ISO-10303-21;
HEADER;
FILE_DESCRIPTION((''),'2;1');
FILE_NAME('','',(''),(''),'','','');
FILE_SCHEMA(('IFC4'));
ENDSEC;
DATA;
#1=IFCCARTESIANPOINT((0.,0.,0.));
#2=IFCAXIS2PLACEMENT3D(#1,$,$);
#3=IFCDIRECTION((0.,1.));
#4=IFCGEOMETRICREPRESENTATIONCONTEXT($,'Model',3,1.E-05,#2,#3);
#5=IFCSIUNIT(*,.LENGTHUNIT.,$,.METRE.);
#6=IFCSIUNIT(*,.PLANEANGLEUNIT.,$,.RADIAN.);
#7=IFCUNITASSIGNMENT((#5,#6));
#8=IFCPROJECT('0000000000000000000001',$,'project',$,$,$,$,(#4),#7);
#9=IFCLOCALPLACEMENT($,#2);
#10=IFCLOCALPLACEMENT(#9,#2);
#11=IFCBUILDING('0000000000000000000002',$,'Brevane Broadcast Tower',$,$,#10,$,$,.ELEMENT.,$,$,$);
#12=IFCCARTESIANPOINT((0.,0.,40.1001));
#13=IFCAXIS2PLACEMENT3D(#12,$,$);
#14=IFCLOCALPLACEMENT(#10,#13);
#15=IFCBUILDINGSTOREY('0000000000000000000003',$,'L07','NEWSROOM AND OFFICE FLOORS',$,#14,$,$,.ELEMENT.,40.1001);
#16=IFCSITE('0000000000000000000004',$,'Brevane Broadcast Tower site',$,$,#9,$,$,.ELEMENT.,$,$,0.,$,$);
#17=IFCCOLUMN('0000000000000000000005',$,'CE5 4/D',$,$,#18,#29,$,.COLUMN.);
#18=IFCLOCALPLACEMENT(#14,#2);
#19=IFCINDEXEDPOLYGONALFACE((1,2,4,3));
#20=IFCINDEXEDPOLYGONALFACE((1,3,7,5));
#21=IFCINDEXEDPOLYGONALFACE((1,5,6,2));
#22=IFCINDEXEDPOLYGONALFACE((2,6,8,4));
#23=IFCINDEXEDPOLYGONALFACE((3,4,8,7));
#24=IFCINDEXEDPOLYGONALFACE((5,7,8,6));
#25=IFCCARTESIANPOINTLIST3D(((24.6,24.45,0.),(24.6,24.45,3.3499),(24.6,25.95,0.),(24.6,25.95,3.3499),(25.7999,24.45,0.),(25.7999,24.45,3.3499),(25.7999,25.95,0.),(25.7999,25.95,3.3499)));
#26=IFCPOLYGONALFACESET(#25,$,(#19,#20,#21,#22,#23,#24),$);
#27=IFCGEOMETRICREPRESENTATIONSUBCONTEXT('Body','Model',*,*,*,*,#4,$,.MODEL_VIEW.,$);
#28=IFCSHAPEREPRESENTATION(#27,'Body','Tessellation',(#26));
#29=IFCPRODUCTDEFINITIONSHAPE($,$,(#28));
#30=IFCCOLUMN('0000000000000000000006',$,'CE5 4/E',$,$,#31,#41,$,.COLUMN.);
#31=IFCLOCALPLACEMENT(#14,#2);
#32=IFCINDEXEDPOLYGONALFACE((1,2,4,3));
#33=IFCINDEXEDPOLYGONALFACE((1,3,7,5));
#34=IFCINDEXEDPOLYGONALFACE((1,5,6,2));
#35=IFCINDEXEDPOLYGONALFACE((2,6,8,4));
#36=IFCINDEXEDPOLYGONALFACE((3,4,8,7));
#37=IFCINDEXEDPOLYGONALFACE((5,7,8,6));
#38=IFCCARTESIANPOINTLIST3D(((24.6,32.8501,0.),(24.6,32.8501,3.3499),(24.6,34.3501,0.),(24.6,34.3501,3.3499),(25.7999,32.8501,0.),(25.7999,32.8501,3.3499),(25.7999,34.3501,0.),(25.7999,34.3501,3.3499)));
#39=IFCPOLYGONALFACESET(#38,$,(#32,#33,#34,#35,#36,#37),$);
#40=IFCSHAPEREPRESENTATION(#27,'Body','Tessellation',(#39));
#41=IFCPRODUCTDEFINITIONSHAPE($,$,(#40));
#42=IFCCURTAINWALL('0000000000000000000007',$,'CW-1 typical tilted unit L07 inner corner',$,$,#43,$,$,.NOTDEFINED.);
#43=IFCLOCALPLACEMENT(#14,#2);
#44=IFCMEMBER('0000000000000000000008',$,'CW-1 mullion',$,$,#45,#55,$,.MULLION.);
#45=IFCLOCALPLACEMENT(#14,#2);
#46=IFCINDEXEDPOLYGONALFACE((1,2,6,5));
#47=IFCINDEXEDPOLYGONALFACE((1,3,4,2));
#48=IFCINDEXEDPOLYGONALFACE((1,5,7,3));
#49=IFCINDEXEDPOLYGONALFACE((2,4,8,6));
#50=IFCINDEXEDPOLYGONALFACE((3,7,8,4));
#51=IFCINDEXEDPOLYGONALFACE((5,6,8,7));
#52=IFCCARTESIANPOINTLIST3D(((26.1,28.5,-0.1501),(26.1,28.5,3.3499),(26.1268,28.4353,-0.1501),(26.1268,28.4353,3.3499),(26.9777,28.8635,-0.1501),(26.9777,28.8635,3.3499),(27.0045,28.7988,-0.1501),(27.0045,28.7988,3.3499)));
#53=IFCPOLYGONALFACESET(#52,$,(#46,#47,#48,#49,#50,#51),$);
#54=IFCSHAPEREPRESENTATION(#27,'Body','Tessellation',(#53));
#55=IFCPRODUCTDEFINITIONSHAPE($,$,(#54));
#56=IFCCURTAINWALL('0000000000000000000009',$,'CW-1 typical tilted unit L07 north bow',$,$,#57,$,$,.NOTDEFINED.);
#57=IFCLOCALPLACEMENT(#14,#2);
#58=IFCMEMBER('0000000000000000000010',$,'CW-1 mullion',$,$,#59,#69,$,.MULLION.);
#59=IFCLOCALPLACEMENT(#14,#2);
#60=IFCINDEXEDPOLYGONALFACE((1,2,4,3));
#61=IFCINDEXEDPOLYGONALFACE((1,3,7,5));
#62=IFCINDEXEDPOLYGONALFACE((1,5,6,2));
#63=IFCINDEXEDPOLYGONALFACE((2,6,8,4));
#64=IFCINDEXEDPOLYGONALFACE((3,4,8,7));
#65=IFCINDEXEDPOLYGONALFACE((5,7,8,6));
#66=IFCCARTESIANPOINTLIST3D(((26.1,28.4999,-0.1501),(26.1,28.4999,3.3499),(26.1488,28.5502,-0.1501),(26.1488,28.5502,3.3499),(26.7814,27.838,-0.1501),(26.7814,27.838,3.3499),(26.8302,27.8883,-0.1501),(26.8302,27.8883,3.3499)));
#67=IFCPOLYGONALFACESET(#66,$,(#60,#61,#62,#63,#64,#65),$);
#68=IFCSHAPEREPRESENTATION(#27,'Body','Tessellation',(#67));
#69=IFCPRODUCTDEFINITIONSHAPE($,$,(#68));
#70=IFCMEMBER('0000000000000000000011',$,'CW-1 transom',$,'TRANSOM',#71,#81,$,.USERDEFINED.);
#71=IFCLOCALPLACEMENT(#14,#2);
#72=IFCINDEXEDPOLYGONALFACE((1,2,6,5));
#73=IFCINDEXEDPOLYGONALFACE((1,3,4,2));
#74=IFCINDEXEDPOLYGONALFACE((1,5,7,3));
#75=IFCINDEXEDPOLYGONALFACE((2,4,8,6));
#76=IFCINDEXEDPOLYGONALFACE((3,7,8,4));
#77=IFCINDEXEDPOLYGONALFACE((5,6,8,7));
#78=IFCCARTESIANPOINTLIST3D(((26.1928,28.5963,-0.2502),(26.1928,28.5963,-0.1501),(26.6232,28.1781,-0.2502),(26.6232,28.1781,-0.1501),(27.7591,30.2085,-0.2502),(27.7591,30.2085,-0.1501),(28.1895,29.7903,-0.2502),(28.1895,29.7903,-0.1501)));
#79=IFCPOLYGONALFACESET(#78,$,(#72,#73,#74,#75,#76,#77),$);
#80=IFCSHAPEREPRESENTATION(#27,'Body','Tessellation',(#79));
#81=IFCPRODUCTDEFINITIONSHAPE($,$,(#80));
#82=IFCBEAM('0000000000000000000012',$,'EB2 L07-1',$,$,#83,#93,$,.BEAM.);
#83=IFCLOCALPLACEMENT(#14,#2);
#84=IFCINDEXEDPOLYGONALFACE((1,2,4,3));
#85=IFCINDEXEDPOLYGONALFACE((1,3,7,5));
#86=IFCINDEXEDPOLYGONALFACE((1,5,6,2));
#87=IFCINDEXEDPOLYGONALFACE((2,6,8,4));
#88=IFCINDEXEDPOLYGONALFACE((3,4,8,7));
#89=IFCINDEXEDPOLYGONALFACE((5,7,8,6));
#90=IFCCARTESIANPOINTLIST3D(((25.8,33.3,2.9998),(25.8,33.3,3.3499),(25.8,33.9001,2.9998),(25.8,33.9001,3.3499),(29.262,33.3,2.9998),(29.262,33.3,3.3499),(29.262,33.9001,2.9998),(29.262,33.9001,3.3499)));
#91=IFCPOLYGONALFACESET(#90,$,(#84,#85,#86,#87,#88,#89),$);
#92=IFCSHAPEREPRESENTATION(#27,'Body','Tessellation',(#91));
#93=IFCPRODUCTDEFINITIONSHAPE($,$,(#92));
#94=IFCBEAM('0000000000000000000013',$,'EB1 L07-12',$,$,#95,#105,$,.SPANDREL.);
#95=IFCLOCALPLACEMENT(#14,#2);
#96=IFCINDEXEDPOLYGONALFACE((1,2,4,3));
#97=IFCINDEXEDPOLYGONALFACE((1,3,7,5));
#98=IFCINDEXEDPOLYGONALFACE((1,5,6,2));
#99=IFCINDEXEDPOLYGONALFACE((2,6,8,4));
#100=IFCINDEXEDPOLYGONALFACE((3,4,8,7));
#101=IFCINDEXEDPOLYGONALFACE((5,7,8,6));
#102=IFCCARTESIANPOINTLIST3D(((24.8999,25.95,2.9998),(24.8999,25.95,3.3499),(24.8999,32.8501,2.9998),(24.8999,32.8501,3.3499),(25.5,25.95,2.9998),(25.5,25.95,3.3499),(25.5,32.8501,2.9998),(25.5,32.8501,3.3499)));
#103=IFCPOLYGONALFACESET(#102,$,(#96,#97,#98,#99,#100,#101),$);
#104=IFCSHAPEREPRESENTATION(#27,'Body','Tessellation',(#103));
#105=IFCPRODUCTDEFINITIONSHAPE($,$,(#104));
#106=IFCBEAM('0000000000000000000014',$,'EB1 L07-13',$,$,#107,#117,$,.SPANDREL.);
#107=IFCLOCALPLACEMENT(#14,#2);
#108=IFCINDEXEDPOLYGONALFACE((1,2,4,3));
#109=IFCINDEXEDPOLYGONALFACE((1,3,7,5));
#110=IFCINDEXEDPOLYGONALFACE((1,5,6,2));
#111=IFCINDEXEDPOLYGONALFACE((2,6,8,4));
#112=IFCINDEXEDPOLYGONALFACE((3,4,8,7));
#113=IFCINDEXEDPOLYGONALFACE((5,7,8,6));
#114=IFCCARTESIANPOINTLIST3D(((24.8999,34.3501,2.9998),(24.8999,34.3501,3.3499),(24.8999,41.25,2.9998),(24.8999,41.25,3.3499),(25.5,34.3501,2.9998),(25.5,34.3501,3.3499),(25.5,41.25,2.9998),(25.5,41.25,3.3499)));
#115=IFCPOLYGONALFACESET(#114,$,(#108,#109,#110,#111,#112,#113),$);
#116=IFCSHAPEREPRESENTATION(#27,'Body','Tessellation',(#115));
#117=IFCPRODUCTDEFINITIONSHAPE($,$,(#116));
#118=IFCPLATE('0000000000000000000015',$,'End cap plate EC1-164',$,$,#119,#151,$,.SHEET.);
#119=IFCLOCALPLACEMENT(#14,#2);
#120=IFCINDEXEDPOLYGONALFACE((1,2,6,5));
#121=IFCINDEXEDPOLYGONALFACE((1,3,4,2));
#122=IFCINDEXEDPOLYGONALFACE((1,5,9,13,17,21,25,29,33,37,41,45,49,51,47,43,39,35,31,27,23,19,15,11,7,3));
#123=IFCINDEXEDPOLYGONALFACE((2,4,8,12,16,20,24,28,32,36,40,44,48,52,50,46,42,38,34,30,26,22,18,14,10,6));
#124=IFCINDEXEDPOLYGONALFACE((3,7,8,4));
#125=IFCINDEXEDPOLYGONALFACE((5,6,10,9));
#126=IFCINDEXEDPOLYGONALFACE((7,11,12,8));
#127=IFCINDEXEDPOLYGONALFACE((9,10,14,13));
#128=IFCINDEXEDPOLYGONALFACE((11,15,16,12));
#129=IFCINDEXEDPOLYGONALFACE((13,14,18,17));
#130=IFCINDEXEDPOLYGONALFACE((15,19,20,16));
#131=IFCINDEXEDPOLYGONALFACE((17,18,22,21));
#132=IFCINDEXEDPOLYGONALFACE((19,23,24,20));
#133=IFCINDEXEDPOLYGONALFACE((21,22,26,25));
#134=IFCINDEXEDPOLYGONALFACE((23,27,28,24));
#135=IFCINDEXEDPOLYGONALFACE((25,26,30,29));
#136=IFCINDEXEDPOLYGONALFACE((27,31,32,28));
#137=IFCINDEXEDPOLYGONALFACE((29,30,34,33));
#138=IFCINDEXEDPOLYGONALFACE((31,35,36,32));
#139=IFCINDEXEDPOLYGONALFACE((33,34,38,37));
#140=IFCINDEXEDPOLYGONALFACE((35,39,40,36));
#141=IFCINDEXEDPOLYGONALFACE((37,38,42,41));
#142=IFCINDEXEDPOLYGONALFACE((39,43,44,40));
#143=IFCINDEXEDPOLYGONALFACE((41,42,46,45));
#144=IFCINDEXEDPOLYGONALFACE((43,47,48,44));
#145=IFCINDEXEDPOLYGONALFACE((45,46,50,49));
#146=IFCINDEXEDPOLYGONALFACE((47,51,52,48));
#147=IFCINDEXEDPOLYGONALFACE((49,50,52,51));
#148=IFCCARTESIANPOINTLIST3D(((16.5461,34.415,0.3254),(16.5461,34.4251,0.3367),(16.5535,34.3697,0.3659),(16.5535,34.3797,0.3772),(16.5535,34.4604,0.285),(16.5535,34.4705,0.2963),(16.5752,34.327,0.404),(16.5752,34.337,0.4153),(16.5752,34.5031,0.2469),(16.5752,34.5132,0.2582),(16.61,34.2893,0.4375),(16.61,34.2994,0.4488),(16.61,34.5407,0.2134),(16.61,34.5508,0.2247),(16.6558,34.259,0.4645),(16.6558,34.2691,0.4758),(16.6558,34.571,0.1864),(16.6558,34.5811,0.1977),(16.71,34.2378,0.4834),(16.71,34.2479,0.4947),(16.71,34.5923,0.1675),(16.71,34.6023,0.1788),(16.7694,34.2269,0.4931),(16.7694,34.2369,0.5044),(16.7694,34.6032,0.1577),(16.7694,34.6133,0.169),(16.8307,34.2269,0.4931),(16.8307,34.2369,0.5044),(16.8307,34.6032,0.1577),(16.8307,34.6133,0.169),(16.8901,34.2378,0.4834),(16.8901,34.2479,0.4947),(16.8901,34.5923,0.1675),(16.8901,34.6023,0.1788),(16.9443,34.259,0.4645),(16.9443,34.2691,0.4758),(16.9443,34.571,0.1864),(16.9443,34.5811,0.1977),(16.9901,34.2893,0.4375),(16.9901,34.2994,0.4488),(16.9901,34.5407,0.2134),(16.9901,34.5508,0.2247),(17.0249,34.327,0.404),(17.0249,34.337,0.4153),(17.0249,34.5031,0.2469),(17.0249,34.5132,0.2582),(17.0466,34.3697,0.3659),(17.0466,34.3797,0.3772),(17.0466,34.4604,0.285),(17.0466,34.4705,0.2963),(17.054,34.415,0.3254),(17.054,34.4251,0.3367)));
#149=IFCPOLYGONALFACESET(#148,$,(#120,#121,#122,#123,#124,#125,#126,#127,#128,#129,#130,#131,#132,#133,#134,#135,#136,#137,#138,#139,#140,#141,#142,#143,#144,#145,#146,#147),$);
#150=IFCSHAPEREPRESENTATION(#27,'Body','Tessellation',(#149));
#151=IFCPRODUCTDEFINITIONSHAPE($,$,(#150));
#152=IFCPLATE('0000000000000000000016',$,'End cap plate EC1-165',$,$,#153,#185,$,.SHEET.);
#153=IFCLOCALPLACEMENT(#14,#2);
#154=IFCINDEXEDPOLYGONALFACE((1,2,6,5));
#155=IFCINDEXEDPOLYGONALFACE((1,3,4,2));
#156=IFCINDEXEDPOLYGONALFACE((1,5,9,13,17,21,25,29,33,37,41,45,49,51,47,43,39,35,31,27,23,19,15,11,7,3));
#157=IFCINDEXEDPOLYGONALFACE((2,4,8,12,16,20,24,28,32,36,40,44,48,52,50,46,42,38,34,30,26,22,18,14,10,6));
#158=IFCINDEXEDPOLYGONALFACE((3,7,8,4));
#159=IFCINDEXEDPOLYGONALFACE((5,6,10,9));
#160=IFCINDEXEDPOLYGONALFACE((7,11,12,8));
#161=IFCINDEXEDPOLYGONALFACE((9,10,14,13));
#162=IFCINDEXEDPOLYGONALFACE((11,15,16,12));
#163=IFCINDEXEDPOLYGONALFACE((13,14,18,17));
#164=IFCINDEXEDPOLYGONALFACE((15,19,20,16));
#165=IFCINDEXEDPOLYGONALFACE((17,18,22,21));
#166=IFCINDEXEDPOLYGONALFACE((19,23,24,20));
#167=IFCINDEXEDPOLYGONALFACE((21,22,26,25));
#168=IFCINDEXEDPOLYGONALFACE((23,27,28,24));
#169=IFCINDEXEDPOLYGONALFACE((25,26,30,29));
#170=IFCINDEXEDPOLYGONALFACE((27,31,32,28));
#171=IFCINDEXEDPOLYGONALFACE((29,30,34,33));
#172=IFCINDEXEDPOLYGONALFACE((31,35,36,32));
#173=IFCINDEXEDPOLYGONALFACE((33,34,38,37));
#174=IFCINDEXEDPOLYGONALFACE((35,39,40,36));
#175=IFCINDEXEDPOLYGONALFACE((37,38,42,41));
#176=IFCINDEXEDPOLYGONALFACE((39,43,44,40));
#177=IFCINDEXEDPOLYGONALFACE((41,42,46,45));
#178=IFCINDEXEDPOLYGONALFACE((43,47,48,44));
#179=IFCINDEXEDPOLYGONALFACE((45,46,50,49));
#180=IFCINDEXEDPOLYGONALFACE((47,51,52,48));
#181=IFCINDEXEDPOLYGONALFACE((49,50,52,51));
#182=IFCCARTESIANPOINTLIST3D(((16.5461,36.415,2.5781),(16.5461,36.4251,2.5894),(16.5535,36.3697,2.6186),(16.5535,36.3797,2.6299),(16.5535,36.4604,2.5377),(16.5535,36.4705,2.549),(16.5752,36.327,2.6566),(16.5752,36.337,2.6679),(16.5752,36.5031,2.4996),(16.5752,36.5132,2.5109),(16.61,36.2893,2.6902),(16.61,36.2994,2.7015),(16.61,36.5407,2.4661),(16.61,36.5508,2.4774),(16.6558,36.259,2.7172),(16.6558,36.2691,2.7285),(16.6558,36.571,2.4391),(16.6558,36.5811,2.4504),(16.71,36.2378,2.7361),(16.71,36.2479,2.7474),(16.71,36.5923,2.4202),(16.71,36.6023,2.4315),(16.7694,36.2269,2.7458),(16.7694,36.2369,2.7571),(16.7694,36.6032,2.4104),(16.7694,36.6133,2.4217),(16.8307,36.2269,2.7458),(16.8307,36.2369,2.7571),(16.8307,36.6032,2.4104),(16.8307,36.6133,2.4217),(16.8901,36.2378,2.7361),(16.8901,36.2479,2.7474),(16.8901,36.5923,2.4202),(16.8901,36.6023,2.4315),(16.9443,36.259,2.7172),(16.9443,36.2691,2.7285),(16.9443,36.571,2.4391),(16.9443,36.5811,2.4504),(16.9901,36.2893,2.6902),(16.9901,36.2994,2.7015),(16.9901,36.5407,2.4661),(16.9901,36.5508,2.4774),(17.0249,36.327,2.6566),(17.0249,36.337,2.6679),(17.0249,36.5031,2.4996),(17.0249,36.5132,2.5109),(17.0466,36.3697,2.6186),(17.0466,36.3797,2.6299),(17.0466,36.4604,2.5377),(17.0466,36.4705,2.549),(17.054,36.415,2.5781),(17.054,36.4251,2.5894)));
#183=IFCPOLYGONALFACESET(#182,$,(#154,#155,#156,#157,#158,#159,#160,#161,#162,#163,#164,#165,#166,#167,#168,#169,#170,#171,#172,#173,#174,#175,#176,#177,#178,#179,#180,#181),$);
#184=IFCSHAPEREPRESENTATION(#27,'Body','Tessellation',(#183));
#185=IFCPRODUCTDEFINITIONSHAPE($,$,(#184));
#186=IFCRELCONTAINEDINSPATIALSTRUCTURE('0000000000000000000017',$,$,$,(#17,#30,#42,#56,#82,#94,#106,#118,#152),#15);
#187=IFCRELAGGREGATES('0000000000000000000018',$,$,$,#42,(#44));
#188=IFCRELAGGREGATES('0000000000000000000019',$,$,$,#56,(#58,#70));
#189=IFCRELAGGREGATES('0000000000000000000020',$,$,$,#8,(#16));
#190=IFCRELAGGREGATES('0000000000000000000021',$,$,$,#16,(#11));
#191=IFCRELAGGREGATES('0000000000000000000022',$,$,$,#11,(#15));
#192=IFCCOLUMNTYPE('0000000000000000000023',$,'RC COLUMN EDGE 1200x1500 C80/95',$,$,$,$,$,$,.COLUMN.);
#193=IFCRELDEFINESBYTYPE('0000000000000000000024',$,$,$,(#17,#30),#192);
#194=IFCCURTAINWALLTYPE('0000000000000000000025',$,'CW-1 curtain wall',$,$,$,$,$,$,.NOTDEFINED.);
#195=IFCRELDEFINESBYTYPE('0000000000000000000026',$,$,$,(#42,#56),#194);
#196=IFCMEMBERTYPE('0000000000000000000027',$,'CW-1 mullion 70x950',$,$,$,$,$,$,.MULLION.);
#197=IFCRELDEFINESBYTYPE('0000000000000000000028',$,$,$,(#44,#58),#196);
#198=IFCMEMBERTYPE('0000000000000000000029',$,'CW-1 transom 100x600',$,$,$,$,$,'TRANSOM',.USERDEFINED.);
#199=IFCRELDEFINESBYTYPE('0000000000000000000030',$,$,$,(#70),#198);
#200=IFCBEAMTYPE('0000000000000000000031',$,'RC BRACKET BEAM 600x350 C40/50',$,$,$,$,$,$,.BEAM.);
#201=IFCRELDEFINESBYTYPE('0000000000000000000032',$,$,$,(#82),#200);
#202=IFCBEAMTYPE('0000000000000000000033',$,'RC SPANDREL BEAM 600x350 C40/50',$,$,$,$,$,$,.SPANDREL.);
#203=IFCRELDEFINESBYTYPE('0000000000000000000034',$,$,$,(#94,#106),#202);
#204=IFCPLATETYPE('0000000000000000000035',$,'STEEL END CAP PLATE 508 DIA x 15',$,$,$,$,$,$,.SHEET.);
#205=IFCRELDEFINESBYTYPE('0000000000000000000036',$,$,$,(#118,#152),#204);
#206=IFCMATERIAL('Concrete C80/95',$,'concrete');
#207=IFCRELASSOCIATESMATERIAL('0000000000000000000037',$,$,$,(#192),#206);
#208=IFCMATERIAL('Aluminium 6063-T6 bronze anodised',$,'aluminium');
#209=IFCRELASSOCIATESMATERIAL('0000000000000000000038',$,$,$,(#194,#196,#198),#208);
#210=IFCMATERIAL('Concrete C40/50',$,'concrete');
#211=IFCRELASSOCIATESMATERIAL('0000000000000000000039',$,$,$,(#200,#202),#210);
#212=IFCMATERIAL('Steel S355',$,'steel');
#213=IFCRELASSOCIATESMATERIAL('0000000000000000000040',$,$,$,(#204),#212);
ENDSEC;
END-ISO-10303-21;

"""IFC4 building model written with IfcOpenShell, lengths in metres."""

from ifc_helpers import new_model, si_unit, direction, frame, origin, origin_2d, place, context, subcontext, project, spatial, rectangle, circle, extrude, material, material_profile, profile_set, type_object, element, aggregate, save


model = new_model("IFC4")

# Units and contexts
model_context = context("Model", 3, precision=1e-05, world=origin(), true_north=direction((0.0, 1.0)))
body_context = subcontext(model_context, "Body", "Model", "MODEL_VIEW")
ifc_project = project(units=[si_unit("LENGTHUNIT", "METRE"), si_unit("PLANEANGLEUNIT", "RADIAN")], contexts=[model_context])

# Site, building, storey
site_placement = place(None, origin())
site = spatial("IfcSite", under=ifc_project, at=site_placement, Name="Brevane Broadcast Tower site", CompositionType="ELEMENT", RefElevation=0.0)
building_placement = place(site_placement, origin())
building = spatial("IfcBuilding", under=site, at=building_placement, Name="Brevane Broadcast Tower", CompositionType="ELEMENT")
storey_placement = place(building_placement, frame((0.0, 0.0, 40.1001)))
storey = spatial("IfcBuildingStorey", under=building, at=storey_placement, Name="L07", Description="NEWSROOM AND OFFICE FLOORS", CompositionType="ELEMENT", Elevation=40.1001)

# Columns
ifc_material_1 = material(Name="Concrete C80/95", Category="concrete")
ifc_material_profile_1 = material_profile(ifc_material_1, rectangle(XDim=1.2, YDim=1.5, at=origin_2d()), Name="RC 1200x1500")
ifc_profile_set_1 = profile_set([ifc_material_profile_1], Name="Concrete C80/95")
column_type = type_object("IfcColumnType", Name="RC COLUMN EDGE 1200x1500 C80/95", PredefinedType="COLUMN", material=ifc_profile_set_1)
for number, where, z_axis, x_axis, name in (
    (1, (25.2, 25.2, 0.0), (0.0, 0.0, 1.0), (1.0, 0.0, 0.0), "CE5 4/D"),
    (2, (25.2, 33.6001, 0.0), (0.0, 0.0, 1.0), (1.0, 0.0, 0.0), "CE5 4/E"),
):
    element("IfcColumn", number, at=place(storey_placement, frame(where, z_axis=z_axis, x_axis=x_axis)), inside=storey, type_object=column_type, Name=name, PredefinedType="COLUMN", context=body_context, shape_type="SweptSolid", body=[
        extrude(rectangle(XDim=1.2, YDim=1.5, at=origin_2d()), origin(), (0.0, 0.0, 1.0), 3.3499),
    ])

# Curtain wall, member
ifc_material_2 = material(Name="Aluminium 6063-T6 bronze anodised", Category="aluminium")
curtain_wall_type = type_object("IfcCurtainWallType", Name="CW-1 curtain wall", PredefinedType="NOTDEFINED", material=ifc_material_2)
curtain_wall_1_placement = place(storey_placement, origin())
curtain_wall_1 = element("IfcCurtainWall", 3, at=curtain_wall_1_placement, inside=storey, type_object=curtain_wall_type, Name="CW-1 typical tilted unit L07 inner corner", PredefinedType="NOTDEFINED")
ifc_material_profile_2 = material_profile(ifc_material_2, rectangle(XDim=0.95, YDim=0.0701, at=origin_2d()), Name="RECT 70x950")
ifc_profile_set_2 = profile_set([ifc_material_profile_2], Name="Aluminium 6063-T6 bronze anodised")
member_type_1 = type_object("IfcMemberType", Name="CW-1 mullion 70x950", PredefinedType="MULLION", material=ifc_profile_set_2)
member_1_placement = place(storey_placement, frame((26.5522, 28.6494, -0.1501), z_axis=(0.0, 0.0, 1.0), x_axis=(-0.923879, -0.382684, 0.0)))
member_1 = element("IfcMember", 4, at=member_1_placement, type_object=member_type_1, Name="CW-1 mullion", PredefinedType="MULLION", context=body_context, shape_type="SweptSolid", body=[
    extrude(rectangle(XDim=0.95, YDim=0.0701, at=origin_2d()), origin(), (0.0, 0.0, 1.0), 3.5),
])
aggregate(curtain_wall_1, [member_1])

# Curtain wall, members
curtain_wall_2_placement = place(storey_placement, origin())
curtain_wall_2 = element("IfcCurtainWall", 5, at=curtain_wall_2_placement, inside=storey, type_object=curtain_wall_type, Name="CW-1 typical tilted unit L07 north bow", PredefinedType="NOTDEFINED")
member_2_placement = place(storey_placement, frame((26.4651, 28.1941, -0.1501), z_axis=(0.0, 0.0, 1.0), x_axis=(-0.717254, 0.696812, 0.0)))
member_2 = element("IfcMember", 6, at=member_2_placement, type_object=member_type_1, Name="CW-1 mullion", PredefinedType="MULLION", context=body_context, shape_type="SweptSolid", body=[
    extrude(rectangle(XDim=0.95, YDim=0.0701, at=origin_2d()), origin(), (0.0, 0.0, 1.0), 3.5),
])
ifc_material_profile_3 = material_profile(ifc_material_2, rectangle(XDim=0.6001, YDim=0.1001, at=origin_2d()), Name="RECT 100x600")
ifc_profile_set_3 = profile_set([ifc_material_profile_3], Name="Aluminium 6063-T6 bronze anodised")
member_type_2 = type_object("IfcMemberType", Name="CW-1 transom 100x600", ElementType="TRANSOM", PredefinedType="USERDEFINED", material=ifc_profile_set_3)
member_3_placement = place(storey_placement, frame((26.408, 28.3872, -0.2002), z_axis=(0.696824, 0.717242, 0.0), x_axis=(-0.717242, 0.696824, 0.0)))
member_3 = element("IfcMember", 7, at=member_3_placement, type_object=member_type_2, Name="CW-1 transom", ObjectType="TRANSOM", PredefinedType="USERDEFINED", context=body_context, shape_type="SweptSolid", body=[
    extrude(rectangle(XDim=0.6001, YDim=0.1001, at=origin_2d()), origin(), (0.0, 0.0, 1.0), 2.2478),
])
aggregate(curtain_wall_2, [member_2, member_3])

# Beams
ifc_material_3 = material(Name="Concrete C40/50", Category="concrete")
ifc_material_profile_4 = material_profile(ifc_material_3, rectangle(XDim=0.6001, YDim=0.3501, at=origin_2d()), Name="RC 600x350")
ifc_profile_set_4 = profile_set([ifc_material_profile_4], Name="Concrete C40/50")
beam_type_1 = type_object("IfcBeamType", Name="RC BRACKET BEAM 600x350 C40/50", PredefinedType="BEAM", material=ifc_profile_set_4)
beam_1_placement = place(storey_placement, frame((25.8, 33.6001, 3.1748), z_axis=(1.0, 0.0, 0.0), x_axis=(0.0, 1.0, 0.0)))
element("IfcBeam", 8, at=beam_1_placement, inside=storey, type_object=beam_type_1, Name="EB2 L07-1", PredefinedType="BEAM", context=body_context, shape_type="SweptSolid", body=[
    extrude(rectangle(XDim=0.6001, YDim=0.3501, at=origin_2d()), origin(), (0.0, 0.0, 1.0), 3.4619),
])
ifc_material_profile_5 = material_profile(ifc_material_3, rectangle(XDim=0.6001, YDim=0.3501, at=origin_2d()), Name="RC 600x350")
ifc_profile_set_5 = profile_set([ifc_material_profile_5], Name="Concrete C40/50")
beam_type_2 = type_object("IfcBeamType", Name="RC SPANDREL BEAM 600x350 C40/50", PredefinedType="SPANDREL", material=ifc_profile_set_5)
beam_2_placement = place(storey_placement, frame((25.2, 25.95, 3.1748), z_axis=(0.0, 1.0, 0.0), x_axis=(-1.0, 0.0, 0.0)))
element("IfcBeam", 9, at=beam_2_placement, inside=storey, type_object=beam_type_2, Name="EB1 L07-12", PredefinedType="SPANDREL", context=body_context, shape_type="SweptSolid", body=[
    extrude(rectangle(XDim=0.6001, YDim=0.3501, at=origin_2d()), origin(), (0.0, 0.0, 1.0), 6.9001),
])
beam_3_placement = place(storey_placement, frame((25.2, 34.3501, 3.1748), z_axis=(0.0, 1.0, 0.0), x_axis=(-1.0, 0.0, 0.0)))
element("IfcBeam", 10, at=beam_3_placement, inside=storey, type_object=beam_type_2, Name="EB1 L07-13", PredefinedType="SPANDREL", context=body_context, shape_type="SweptSolid", body=[
    extrude(rectangle(XDim=0.6001, YDim=0.3501, at=origin_2d()), origin(), (0.0, 0.0, 1.0), 6.8999),
])

# Plates
ifc_material_4 = material(Name="Steel S355", Category="steel")
ifc_material_profile_6 = material_profile(ifc_material_4, circle(Radius=0.2539, at=origin_2d()), Name="PL 508 DIA x 15")
ifc_profile_set_6 = profile_set([ifc_material_profile_6], Name="Steel S355")
plate_type = type_object("IfcPlateType", Name="STEEL END CAP PLATE 508 DIA x 15", PredefinedType="SHEET", material=ifc_profile_set_6)
for number, where, z_axis, x_axis, name in (
    (11, (16.8, 34.415, 0.3254), (0.0, 0.665371, 0.746513), (-1.0, 0.0, 0.0), "End cap plate EC1-164"),
    (12, (16.8, 36.415, 2.5781), (0.0, 0.665371, 0.746513), (-1.0, 0.0, 0.0), "End cap plate EC1-165"),
):
    element("IfcPlate", number, at=place(storey_placement, frame(where, z_axis=z_axis, x_axis=x_axis)), inside=storey, type_object=plate_type, Name=name, PredefinedType="SHEET", context=body_context, shape_type="SweptSolid", body=[
        extrude(circle(Radius=0.2539, at=origin_2d()), origin(), (0.0, 0.0, 1.0), 0.0151),
    ])

save(model, "model.ifc")
